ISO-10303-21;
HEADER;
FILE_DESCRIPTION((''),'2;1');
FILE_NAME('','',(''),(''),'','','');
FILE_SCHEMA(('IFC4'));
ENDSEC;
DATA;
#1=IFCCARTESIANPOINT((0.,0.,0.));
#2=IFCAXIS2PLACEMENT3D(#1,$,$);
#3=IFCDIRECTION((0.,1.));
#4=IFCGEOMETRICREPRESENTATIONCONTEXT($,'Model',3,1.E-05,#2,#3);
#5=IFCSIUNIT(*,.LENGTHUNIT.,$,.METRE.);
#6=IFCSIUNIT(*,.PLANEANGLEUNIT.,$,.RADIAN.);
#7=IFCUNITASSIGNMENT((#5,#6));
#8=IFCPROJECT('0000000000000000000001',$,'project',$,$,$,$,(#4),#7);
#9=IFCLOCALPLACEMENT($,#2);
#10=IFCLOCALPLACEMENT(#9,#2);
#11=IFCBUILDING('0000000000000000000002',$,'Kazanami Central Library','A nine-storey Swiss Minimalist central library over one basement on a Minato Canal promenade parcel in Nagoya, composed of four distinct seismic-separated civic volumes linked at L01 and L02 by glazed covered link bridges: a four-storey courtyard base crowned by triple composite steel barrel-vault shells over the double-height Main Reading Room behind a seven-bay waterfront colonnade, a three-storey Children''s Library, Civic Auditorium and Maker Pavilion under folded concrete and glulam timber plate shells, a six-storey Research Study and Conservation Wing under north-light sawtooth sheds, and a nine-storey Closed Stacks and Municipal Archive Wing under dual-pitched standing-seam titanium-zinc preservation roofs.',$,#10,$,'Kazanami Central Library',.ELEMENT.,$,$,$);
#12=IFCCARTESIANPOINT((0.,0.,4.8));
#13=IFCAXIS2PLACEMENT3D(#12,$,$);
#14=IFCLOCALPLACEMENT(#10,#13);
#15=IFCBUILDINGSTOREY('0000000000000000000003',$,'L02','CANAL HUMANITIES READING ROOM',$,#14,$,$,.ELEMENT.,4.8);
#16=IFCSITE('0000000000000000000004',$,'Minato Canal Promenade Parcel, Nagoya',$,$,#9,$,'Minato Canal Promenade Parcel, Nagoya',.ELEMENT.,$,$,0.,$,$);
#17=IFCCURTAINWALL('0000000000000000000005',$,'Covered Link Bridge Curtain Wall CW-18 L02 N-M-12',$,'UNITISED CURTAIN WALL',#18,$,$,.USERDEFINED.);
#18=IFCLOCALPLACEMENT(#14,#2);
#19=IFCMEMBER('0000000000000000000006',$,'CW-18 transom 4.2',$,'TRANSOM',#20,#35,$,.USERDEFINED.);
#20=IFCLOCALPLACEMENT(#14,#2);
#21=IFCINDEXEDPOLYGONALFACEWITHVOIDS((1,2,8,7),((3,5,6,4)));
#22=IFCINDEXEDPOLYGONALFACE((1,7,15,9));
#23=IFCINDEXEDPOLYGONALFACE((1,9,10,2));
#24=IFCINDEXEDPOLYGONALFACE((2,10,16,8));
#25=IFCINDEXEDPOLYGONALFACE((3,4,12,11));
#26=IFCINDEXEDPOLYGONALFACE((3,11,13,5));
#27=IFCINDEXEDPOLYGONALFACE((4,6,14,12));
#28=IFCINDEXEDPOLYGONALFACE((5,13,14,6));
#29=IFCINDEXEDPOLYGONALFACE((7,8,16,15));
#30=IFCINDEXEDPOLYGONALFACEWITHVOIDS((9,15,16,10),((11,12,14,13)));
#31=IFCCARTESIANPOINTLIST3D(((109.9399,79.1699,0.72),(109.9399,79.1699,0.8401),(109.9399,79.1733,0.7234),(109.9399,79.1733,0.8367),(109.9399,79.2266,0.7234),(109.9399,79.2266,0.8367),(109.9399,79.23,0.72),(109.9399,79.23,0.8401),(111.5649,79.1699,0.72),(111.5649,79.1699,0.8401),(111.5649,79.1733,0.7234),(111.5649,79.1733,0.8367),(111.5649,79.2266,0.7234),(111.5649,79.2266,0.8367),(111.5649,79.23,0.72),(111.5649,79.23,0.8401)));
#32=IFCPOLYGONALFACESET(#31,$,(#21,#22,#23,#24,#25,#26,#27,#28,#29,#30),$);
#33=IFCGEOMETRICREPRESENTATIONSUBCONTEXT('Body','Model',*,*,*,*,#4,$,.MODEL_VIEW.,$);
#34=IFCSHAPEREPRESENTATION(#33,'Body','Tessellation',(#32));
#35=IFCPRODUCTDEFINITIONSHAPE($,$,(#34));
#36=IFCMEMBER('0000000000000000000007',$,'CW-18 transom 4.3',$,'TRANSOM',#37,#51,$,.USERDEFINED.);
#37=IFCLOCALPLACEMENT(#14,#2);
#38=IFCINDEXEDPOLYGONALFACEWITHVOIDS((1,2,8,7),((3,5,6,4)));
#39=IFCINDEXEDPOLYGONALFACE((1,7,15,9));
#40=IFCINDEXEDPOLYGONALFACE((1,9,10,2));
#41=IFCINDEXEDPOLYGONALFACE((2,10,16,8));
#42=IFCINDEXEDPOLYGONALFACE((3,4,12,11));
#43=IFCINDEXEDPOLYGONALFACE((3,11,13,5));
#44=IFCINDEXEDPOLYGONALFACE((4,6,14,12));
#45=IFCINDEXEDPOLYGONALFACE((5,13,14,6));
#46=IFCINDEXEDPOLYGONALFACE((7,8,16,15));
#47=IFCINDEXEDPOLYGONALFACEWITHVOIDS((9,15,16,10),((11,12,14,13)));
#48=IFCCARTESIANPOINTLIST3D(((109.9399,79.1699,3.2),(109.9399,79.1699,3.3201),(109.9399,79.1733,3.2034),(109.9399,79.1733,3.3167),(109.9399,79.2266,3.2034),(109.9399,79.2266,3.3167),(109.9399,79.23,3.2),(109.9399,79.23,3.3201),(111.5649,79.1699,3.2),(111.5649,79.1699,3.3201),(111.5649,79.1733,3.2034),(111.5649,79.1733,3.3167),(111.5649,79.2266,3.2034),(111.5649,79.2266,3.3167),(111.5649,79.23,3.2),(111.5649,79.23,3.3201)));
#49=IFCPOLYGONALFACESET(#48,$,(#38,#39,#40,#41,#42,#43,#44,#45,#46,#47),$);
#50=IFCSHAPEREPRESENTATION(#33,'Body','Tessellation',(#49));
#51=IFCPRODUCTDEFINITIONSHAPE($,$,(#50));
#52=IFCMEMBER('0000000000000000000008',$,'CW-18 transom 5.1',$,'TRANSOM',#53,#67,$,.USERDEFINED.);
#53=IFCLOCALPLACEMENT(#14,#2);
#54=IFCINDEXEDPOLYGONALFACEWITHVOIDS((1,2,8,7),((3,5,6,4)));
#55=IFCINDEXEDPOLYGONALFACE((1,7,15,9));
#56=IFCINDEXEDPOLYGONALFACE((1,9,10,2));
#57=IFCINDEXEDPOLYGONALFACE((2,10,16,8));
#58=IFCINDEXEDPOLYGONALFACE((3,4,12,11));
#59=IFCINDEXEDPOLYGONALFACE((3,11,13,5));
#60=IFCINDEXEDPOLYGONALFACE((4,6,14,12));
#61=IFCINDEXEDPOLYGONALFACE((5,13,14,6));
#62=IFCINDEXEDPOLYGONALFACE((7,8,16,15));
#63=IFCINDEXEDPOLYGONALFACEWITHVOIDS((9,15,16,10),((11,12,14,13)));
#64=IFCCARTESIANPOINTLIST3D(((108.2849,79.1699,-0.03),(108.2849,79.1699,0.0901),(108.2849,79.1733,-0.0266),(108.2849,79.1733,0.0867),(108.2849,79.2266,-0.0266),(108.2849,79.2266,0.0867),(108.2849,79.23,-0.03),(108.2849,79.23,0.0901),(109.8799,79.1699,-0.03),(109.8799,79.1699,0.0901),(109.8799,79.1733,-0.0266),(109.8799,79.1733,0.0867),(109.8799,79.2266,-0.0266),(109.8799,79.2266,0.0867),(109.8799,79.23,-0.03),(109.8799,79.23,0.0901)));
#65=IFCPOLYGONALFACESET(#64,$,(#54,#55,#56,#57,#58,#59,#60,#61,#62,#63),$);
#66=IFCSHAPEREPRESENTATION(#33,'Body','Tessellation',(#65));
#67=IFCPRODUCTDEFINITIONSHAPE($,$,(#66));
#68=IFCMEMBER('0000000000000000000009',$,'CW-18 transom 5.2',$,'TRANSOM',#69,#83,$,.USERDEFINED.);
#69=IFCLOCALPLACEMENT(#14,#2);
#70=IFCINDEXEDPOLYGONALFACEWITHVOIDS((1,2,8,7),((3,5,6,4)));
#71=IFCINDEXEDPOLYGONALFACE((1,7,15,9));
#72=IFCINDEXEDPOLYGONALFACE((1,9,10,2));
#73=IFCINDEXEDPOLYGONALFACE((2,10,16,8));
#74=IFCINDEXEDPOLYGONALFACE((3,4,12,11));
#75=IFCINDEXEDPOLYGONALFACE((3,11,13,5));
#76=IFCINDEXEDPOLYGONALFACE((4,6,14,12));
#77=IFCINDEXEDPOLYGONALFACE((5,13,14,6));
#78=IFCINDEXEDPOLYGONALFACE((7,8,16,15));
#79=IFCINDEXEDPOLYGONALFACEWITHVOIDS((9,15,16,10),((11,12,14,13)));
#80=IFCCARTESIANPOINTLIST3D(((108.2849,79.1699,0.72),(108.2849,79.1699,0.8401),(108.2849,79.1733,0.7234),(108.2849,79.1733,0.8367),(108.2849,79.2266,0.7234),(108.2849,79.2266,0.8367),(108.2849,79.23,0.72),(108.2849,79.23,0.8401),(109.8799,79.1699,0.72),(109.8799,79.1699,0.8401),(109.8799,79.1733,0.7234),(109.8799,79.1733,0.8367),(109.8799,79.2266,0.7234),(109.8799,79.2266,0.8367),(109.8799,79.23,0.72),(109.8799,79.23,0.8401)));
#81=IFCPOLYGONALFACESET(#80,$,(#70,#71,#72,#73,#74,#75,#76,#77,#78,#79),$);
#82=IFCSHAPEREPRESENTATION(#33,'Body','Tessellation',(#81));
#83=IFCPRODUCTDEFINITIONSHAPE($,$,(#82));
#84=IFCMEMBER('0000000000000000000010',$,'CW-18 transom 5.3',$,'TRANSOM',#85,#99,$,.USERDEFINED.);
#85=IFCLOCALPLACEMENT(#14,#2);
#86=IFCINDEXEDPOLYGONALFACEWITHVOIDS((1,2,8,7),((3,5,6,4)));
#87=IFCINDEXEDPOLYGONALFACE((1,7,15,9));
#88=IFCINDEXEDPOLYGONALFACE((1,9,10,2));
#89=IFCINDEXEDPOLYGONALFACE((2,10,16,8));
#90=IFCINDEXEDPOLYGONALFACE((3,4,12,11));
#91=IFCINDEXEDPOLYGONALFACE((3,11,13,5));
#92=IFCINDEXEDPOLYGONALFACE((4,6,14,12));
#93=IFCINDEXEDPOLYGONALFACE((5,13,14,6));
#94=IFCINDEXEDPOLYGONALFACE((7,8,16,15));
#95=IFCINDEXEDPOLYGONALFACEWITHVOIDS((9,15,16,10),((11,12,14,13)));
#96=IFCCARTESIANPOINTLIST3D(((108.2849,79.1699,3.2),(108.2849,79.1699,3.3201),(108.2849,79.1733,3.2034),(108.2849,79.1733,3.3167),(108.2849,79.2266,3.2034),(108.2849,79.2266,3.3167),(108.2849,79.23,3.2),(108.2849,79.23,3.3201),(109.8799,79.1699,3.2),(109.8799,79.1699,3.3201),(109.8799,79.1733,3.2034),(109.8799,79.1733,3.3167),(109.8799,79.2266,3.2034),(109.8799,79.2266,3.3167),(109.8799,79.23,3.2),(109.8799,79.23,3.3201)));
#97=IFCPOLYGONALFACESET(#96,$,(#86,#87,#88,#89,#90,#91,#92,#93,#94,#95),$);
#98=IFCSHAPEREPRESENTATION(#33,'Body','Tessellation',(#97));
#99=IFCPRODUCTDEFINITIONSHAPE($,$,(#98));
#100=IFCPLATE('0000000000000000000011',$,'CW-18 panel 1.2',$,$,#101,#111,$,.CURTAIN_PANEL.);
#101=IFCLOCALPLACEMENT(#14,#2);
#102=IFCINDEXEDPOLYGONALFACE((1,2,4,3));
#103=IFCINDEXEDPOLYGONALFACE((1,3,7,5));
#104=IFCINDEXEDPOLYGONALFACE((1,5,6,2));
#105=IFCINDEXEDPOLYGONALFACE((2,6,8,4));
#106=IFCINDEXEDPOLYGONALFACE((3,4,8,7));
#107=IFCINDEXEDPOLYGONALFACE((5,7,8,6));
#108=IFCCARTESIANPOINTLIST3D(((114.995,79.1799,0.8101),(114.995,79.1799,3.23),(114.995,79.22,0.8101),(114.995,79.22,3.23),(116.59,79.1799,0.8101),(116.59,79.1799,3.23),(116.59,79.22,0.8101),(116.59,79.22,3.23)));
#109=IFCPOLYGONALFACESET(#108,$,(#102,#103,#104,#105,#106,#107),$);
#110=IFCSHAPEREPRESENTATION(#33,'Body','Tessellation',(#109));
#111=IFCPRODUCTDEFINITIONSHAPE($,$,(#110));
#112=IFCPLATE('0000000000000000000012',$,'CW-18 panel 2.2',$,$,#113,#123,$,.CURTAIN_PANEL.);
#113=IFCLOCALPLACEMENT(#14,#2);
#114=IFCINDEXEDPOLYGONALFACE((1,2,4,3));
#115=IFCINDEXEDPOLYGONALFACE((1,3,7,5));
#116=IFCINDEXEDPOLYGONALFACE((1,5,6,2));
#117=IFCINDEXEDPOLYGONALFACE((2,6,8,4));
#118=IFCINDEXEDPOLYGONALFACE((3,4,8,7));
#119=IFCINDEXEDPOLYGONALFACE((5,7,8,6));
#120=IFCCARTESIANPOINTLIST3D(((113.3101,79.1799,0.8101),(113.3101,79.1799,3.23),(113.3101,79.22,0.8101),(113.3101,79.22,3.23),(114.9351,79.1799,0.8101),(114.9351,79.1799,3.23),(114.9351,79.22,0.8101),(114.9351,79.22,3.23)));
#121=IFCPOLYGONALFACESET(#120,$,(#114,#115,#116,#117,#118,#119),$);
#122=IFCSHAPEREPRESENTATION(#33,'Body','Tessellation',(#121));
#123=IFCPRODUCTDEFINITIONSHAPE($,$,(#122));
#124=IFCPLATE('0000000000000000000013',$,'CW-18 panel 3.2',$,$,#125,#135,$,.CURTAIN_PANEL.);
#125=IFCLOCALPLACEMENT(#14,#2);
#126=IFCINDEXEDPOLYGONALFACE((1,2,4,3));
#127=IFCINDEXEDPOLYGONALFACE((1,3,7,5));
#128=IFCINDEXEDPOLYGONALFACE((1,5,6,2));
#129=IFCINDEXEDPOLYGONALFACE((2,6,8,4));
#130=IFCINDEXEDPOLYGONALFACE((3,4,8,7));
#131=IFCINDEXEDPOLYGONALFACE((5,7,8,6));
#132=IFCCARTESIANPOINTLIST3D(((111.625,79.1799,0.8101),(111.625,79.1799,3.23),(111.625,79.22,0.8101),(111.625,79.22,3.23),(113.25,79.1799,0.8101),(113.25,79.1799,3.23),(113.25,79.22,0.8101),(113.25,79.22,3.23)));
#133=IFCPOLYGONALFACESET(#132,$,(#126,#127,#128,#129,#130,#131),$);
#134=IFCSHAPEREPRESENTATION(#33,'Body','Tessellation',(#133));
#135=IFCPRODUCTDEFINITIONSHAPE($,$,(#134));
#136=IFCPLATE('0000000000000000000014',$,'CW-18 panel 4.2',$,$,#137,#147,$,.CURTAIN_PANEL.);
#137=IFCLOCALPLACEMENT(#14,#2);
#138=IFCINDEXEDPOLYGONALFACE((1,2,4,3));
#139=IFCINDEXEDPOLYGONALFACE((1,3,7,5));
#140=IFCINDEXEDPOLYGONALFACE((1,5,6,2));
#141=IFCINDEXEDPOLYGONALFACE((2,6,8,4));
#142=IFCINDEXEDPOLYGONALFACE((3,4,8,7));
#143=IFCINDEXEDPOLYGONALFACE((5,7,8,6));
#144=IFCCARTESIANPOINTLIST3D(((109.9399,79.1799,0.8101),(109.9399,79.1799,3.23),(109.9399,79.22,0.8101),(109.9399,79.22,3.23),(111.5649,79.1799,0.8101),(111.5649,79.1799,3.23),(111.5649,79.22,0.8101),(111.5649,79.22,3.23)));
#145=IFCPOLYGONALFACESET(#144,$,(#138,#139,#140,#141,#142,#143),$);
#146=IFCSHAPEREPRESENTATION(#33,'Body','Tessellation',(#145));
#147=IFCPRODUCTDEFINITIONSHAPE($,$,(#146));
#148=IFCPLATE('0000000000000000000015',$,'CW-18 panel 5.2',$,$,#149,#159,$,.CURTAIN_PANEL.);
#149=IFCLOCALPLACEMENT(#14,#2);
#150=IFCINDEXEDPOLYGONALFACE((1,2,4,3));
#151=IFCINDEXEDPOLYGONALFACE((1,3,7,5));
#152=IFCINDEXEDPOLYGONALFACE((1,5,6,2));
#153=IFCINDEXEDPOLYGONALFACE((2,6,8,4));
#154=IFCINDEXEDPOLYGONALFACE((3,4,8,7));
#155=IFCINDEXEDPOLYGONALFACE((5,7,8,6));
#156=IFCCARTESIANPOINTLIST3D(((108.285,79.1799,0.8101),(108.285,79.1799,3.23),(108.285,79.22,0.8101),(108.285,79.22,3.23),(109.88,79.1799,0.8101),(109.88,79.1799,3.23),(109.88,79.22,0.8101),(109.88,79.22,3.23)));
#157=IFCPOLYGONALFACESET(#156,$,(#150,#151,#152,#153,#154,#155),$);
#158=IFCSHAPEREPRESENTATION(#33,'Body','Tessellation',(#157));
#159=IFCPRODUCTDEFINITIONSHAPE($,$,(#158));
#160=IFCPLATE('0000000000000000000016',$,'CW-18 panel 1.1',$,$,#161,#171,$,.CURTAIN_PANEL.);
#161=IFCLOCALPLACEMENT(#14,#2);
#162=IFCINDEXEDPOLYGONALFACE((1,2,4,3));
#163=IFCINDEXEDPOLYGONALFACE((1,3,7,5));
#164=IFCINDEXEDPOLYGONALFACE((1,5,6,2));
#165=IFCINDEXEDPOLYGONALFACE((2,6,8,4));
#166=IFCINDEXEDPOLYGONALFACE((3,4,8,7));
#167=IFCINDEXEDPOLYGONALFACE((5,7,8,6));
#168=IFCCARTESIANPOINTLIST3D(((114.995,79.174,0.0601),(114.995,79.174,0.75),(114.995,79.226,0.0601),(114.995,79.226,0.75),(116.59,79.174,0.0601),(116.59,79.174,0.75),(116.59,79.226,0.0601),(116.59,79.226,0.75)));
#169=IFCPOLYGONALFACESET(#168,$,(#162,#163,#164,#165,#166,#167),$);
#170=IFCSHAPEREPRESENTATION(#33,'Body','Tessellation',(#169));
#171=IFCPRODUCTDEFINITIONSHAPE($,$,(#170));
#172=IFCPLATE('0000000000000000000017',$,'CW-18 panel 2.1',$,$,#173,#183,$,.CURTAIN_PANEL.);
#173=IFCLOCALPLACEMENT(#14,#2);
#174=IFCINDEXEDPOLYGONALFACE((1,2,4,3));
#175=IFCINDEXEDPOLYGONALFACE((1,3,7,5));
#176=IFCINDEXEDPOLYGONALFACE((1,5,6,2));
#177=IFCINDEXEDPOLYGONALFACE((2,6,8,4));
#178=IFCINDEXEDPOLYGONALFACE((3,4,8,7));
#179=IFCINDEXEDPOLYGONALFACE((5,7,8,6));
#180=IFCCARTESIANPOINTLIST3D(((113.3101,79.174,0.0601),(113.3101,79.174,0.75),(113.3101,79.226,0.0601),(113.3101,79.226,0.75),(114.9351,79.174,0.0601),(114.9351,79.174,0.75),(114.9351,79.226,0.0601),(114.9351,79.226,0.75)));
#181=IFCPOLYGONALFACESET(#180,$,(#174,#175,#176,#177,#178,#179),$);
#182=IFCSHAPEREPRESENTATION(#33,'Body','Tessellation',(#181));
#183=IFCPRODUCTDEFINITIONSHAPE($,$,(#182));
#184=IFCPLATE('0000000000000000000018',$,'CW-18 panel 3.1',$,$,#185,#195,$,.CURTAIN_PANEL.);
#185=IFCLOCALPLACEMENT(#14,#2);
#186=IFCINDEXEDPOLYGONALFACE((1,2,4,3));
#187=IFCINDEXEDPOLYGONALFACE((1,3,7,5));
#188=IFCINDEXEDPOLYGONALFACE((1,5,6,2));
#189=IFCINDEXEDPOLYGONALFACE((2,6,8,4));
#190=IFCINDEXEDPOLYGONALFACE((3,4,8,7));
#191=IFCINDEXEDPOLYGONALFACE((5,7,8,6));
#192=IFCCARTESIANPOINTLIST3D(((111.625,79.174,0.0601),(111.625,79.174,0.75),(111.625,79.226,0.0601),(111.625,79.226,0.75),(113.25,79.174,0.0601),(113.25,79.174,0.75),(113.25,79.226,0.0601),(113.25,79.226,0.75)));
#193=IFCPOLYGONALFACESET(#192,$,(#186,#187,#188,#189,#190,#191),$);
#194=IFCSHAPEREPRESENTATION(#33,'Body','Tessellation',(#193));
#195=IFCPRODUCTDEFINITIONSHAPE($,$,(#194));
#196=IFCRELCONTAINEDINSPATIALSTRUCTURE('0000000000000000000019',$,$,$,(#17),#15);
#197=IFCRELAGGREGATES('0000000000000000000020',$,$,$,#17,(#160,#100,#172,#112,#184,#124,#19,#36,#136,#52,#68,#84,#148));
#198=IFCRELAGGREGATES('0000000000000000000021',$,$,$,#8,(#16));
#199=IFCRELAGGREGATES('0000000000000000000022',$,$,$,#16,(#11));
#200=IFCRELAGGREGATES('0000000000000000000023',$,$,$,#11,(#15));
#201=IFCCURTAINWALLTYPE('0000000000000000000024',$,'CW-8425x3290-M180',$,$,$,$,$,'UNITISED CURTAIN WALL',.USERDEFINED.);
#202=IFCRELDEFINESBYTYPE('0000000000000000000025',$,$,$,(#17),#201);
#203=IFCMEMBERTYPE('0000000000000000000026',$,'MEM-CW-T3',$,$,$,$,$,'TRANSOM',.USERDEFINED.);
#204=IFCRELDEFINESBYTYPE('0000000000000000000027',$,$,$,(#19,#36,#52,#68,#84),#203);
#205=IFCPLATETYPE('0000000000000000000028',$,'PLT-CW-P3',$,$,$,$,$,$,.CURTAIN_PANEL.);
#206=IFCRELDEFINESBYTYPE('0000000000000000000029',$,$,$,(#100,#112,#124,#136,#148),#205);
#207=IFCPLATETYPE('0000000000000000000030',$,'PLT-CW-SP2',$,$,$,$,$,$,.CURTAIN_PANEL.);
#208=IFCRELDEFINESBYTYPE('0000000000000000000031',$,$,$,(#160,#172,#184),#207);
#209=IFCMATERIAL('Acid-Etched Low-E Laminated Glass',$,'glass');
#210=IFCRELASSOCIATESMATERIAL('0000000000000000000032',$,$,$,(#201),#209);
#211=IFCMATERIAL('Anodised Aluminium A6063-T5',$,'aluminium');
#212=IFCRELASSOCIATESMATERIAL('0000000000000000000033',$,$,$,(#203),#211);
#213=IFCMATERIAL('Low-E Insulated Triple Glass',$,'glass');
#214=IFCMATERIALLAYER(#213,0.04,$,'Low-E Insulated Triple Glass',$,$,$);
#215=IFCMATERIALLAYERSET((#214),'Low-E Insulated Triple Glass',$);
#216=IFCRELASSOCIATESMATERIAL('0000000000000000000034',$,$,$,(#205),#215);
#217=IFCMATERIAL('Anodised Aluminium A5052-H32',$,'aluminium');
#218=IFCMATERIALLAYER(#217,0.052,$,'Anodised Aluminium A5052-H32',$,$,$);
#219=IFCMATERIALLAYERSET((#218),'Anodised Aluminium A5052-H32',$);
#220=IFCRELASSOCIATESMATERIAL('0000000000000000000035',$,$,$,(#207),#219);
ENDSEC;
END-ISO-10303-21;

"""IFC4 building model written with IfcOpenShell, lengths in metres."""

from ifc_helpers import new_model, si_unit, direction, frame, origin, origin_2d, place, context, subcontext, project, spatial, rectangle, hollow_rectangle, extrude, material, layer, layer_set, material_profile, profile_set, type_object, element, aggregate, save


model = new_model("IFC4")

# Units and contexts
model_context = context("Model", 3, precision=1e-05, world=origin(), true_north=direction((0.0, 1.0)))
body_context = subcontext(model_context, "Body", "Model", "MODEL_VIEW")
ifc_project = project(units=[si_unit("LENGTHUNIT", "METRE"), si_unit("PLANEANGLEUNIT", "RADIAN")], contexts=[model_context])

# Site, building, storey
site_placement = place(None, origin())
site = spatial("IfcSite", under=ifc_project, at=site_placement, Name="Minato Canal Promenade Parcel, Nagoya", LongName="Minato Canal Promenade Parcel, Nagoya", CompositionType="ELEMENT", RefElevation=0.0)
building_placement = place(site_placement, origin())
building = spatial("IfcBuilding", under=site, at=building_placement, Name="Kazanami Central Library", Description="A nine-storey Swiss Minimalist central library over one basement on a Minato Canal promenade parcel in Nagoya, composed of four distinct seismic-separated civic volumes linked at L01 and L02 by glazed covered link bridges: a four-storey courtyard base crowned by triple composite steel barrel-vault shells over the double-height Main Reading Room behind a seven-bay waterfront colonnade, a three-storey Children's Library, Civic Auditorium and Maker Pavilion under folded concrete and glulam timber plate shells, a six-storey Research Study and Conservation Wing under north-light sawtooth sheds, and a nine-storey Closed Stacks and Municipal Archive Wing under dual-pitched standing-seam titanium-zinc preservation roofs.", LongName="Kazanami Central Library", CompositionType="ELEMENT")
storey_placement = place(building_placement, frame((0.0, 0.0, 4.8)))
storey = spatial("IfcBuildingStorey", under=building, at=storey_placement, Name="L02", Description="CANAL HUMANITIES READING ROOM", CompositionType="ELEMENT", Elevation=4.8)

# Shared definitions
ifc_material_1 = material(Name="Acid-Etched Low-E Laminated Glass", Category="glass")
ifc_material_2 = material(Name="Anodised Aluminium A6063-T5", Category="aluminium")

# Curtain wall
curtain_wall_type_1 = type_object("IfcCurtainWallType", Name="CW-8425x3290-M180", ElementType="UNITISED CURTAIN WALL", PredefinedType="USERDEFINED", material=ifc_material_1)
curtain_wall_1_placement = place(storey_placement, origin())
curtain_wall_1 = element("IfcCurtainWall", 1, at=curtain_wall_1_placement, inside=storey, type_object=curtain_wall_type_1, Name="Covered Link Bridge Curtain Wall CW-18 L02 N-M-12", ObjectType="UNITISED CURTAIN WALL", PredefinedType="USERDEFINED")

# Members
ifc_material_profile_1 = material_profile(ifc_material_2, hollow_rectangle(XDim=0.0601, YDim=0.1201, WallThickness=0.0034, at=origin_2d()), Name="ALU-TRAN-60x120x3.5")
ifc_profile_set_1 = profile_set([ifc_material_profile_1], Name="Anodised Aluminium A6063-T5")
member_type_1 = type_object("IfcMemberType", Name="MEM-CW-T3", ElementType="TRANSOM", PredefinedType="USERDEFINED", material=ifc_profile_set_1)
member_1_placement = place(storey_placement, frame((111.5649, 79.2, 0.78), z_axis=(-1.0, 0.0, 0.0), x_axis=(0.0, -1.0, 0.0)))
member_1 = element("IfcMember", 2, at=member_1_placement, type_object=member_type_1, Name="CW-18 transom 4.2", ObjectType="TRANSOM", PredefinedType="USERDEFINED", context=body_context, shape_type="SweptSolid", body=[
    extrude(hollow_rectangle(XDim=0.0601, YDim=0.1201, WallThickness=0.0034, at=origin_2d()), origin(), (0.0, 0.0, 1.0), 1.625),
])
member_2_placement = place(storey_placement, frame((111.5649, 79.2, 3.26), z_axis=(-1.0, 0.0, 0.0), x_axis=(0.0, -1.0, 0.0)))
member_2 = element("IfcMember", 3, at=member_2_placement, type_object=member_type_1, Name="CW-18 transom 4.3", ObjectType="TRANSOM", PredefinedType="USERDEFINED", context=body_context, shape_type="SweptSolid", body=[
    extrude(hollow_rectangle(XDim=0.0601, YDim=0.1201, WallThickness=0.0034, at=origin_2d()), origin(), (0.0, 0.0, 1.0), 1.625),
])
member_3_placement = place(storey_placement, frame((109.8799, 79.2, 0.03), z_axis=(-1.0, 0.0, 0.0), x_axis=(0.0, -1.0, 0.0)))
member_3 = element("IfcMember", 4, at=member_3_placement, type_object=member_type_1, Name="CW-18 transom 5.1", ObjectType="TRANSOM", PredefinedType="USERDEFINED", context=body_context, shape_type="SweptSolid", body=[
    extrude(hollow_rectangle(XDim=0.0601, YDim=0.1201, WallThickness=0.0034, at=origin_2d()), origin(), (0.0, 0.0, 1.0), 1.595),
])
member_4_placement = place(storey_placement, frame((109.8799, 79.2, 0.78), z_axis=(-1.0, 0.0, 0.0), x_axis=(0.0, -1.0, 0.0)))
member_4 = element("IfcMember", 5, at=member_4_placement, type_object=member_type_1, Name="CW-18 transom 5.2", ObjectType="TRANSOM", PredefinedType="USERDEFINED", context=body_context, shape_type="SweptSolid", body=[
    extrude(hollow_rectangle(XDim=0.0601, YDim=0.1201, WallThickness=0.0034, at=origin_2d()), origin(), (0.0, 0.0, 1.0), 1.595),
])
member_5_placement = place(storey_placement, frame((109.8799, 79.2, 3.26), z_axis=(-1.0, 0.0, 0.0), x_axis=(0.0, -1.0, 0.0)))
member_5 = element("IfcMember", 6, at=member_5_placement, type_object=member_type_1, Name="CW-18 transom 5.3", ObjectType="TRANSOM", PredefinedType="USERDEFINED", context=body_context, shape_type="SweptSolid", body=[
    extrude(hollow_rectangle(XDim=0.0601, YDim=0.1201, WallThickness=0.0034, at=origin_2d()), origin(), (0.0, 0.0, 1.0), 1.595),
])

# Plates
ifc_material_3 = material(Name="Low-E Insulated Triple Glass", Category="glass")
ifc_layer_1 = layer(ifc_material_3, 0.04, Name="Low-E Insulated Triple Glass")
ifc_layer_set_1 = layer_set([ifc_layer_1], Name="Low-E Insulated Triple Glass")
plate_type_1 = type_object("IfcPlateType", Name="PLT-CW-P3", PredefinedType="CURTAIN_PANEL", material=ifc_layer_set_1)
plate_1_placement = place(storey_placement, frame((115.7925, 79.2, 0.8101), z_axis=(0.0, 0.0, 1.0), x_axis=(-1.0, 0.0, 0.0)))
plate_1 = element("IfcPlate", 7, at=plate_1_placement, type_object=plate_type_1, Name="CW-18 panel 1.2", PredefinedType="CURTAIN_PANEL", context=body_context, shape_type="SweptSolid", body=[
    extrude(rectangle(XDim=1.595, YDim=0.04, at=origin_2d()), origin(), (0.0, 0.0, 1.0), 2.4199),
])
plate_2_placement = place(storey_placement, frame((114.1226, 79.2, 0.8101), z_axis=(0.0, 0.0, 1.0), x_axis=(-1.0, 0.0, 0.0)))
plate_2 = element("IfcPlate", 8, at=plate_2_placement, type_object=plate_type_1, Name="CW-18 panel 2.2", PredefinedType="CURTAIN_PANEL", context=body_context, shape_type="SweptSolid", body=[
    extrude(rectangle(XDim=1.625, YDim=0.04, at=origin_2d()), origin(), (0.0, 0.0, 1.0), 2.4199),
])
plate_3_placement = place(storey_placement, frame((112.4375, 79.2, 0.8101), z_axis=(0.0, 0.0, 1.0), x_axis=(-1.0, 0.0, 0.0)))
plate_3 = element("IfcPlate", 9, at=plate_3_placement, type_object=plate_type_1, Name="CW-18 panel 3.2", PredefinedType="CURTAIN_PANEL", context=body_context, shape_type="SweptSolid", body=[
    extrude(rectangle(XDim=1.625, YDim=0.04, at=origin_2d()), origin(), (0.0, 0.0, 1.0), 2.4199),
])
plate_4_placement = place(storey_placement, frame((110.7524, 79.2, 0.8101), z_axis=(0.0, 0.0, 1.0), x_axis=(-1.0, 0.0, 0.0)))
plate_4 = element("IfcPlate", 10, at=plate_4_placement, type_object=plate_type_1, Name="CW-18 panel 4.2", PredefinedType="CURTAIN_PANEL", context=body_context, shape_type="SweptSolid", body=[
    extrude(rectangle(XDim=1.625, YDim=0.04, at=origin_2d()), origin(), (0.0, 0.0, 1.0), 2.4199),
])
plate_5_placement = place(storey_placement, frame((109.0825, 79.2, 0.8101), z_axis=(0.0, 0.0, 1.0), x_axis=(-1.0, 0.0, 0.0)))
plate_5 = element("IfcPlate", 11, at=plate_5_placement, type_object=plate_type_1, Name="CW-18 panel 5.2", PredefinedType="CURTAIN_PANEL", context=body_context, shape_type="SweptSolid", body=[
    extrude(rectangle(XDim=1.595, YDim=0.04, at=origin_2d()), origin(), (0.0, 0.0, 1.0), 2.4199),
])
ifc_material_4 = material(Name="Anodised Aluminium A5052-H32", Category="aluminium")
ifc_layer_2 = layer(ifc_material_4, 0.052, Name="Anodised Aluminium A5052-H32")
ifc_layer_set_2 = layer_set([ifc_layer_2], Name="Anodised Aluminium A5052-H32")
plate_type_2 = type_object("IfcPlateType", Name="PLT-CW-SP2", PredefinedType="CURTAIN_PANEL", material=ifc_layer_set_2)
plate_6_placement = place(storey_placement, frame((115.7925, 79.2, 0.0601), z_axis=(0.0, 0.0, 1.0), x_axis=(-1.0, 0.0, 0.0)))
plate_6 = element("IfcPlate", 12, at=plate_6_placement, type_object=plate_type_2, Name="CW-18 panel 1.1", PredefinedType="CURTAIN_PANEL", context=body_context, shape_type="SweptSolid", body=[
    extrude(rectangle(XDim=1.595, YDim=0.052, at=origin_2d()), origin(), (0.0, 0.0, 1.0), 0.6899),
])
plate_7_placement = place(storey_placement, frame((114.1226, 79.2, 0.0601), z_axis=(0.0, 0.0, 1.0), x_axis=(-1.0, 0.0, 0.0)))
plate_7 = element("IfcPlate", 13, at=plate_7_placement, type_object=plate_type_2, Name="CW-18 panel 2.1", PredefinedType="CURTAIN_PANEL", context=body_context, shape_type="SweptSolid", body=[
    extrude(rectangle(XDim=1.625, YDim=0.052, at=origin_2d()), origin(), (0.0, 0.0, 1.0), 0.6899),
])
plate_8_placement = place(storey_placement, frame((112.4375, 79.2, 0.0601), z_axis=(0.0, 0.0, 1.0), x_axis=(-1.0, 0.0, 0.0)))
plate_8 = element("IfcPlate", 14, at=plate_8_placement, type_object=plate_type_2, Name="CW-18 panel 3.1", PredefinedType="CURTAIN_PANEL", context=body_context, shape_type="SweptSolid", body=[
    extrude(rectangle(XDim=1.625, YDim=0.052, at=origin_2d()), origin(), (0.0, 0.0, 1.0), 0.6899),
])
aggregate(curtain_wall_1, [plate_6, plate_1, plate_7, plate_2, plate_8, plate_3, member_1, member_2, plate_4, member_3, member_4, member_5, plate_5])

save(model, "model.ifc")
